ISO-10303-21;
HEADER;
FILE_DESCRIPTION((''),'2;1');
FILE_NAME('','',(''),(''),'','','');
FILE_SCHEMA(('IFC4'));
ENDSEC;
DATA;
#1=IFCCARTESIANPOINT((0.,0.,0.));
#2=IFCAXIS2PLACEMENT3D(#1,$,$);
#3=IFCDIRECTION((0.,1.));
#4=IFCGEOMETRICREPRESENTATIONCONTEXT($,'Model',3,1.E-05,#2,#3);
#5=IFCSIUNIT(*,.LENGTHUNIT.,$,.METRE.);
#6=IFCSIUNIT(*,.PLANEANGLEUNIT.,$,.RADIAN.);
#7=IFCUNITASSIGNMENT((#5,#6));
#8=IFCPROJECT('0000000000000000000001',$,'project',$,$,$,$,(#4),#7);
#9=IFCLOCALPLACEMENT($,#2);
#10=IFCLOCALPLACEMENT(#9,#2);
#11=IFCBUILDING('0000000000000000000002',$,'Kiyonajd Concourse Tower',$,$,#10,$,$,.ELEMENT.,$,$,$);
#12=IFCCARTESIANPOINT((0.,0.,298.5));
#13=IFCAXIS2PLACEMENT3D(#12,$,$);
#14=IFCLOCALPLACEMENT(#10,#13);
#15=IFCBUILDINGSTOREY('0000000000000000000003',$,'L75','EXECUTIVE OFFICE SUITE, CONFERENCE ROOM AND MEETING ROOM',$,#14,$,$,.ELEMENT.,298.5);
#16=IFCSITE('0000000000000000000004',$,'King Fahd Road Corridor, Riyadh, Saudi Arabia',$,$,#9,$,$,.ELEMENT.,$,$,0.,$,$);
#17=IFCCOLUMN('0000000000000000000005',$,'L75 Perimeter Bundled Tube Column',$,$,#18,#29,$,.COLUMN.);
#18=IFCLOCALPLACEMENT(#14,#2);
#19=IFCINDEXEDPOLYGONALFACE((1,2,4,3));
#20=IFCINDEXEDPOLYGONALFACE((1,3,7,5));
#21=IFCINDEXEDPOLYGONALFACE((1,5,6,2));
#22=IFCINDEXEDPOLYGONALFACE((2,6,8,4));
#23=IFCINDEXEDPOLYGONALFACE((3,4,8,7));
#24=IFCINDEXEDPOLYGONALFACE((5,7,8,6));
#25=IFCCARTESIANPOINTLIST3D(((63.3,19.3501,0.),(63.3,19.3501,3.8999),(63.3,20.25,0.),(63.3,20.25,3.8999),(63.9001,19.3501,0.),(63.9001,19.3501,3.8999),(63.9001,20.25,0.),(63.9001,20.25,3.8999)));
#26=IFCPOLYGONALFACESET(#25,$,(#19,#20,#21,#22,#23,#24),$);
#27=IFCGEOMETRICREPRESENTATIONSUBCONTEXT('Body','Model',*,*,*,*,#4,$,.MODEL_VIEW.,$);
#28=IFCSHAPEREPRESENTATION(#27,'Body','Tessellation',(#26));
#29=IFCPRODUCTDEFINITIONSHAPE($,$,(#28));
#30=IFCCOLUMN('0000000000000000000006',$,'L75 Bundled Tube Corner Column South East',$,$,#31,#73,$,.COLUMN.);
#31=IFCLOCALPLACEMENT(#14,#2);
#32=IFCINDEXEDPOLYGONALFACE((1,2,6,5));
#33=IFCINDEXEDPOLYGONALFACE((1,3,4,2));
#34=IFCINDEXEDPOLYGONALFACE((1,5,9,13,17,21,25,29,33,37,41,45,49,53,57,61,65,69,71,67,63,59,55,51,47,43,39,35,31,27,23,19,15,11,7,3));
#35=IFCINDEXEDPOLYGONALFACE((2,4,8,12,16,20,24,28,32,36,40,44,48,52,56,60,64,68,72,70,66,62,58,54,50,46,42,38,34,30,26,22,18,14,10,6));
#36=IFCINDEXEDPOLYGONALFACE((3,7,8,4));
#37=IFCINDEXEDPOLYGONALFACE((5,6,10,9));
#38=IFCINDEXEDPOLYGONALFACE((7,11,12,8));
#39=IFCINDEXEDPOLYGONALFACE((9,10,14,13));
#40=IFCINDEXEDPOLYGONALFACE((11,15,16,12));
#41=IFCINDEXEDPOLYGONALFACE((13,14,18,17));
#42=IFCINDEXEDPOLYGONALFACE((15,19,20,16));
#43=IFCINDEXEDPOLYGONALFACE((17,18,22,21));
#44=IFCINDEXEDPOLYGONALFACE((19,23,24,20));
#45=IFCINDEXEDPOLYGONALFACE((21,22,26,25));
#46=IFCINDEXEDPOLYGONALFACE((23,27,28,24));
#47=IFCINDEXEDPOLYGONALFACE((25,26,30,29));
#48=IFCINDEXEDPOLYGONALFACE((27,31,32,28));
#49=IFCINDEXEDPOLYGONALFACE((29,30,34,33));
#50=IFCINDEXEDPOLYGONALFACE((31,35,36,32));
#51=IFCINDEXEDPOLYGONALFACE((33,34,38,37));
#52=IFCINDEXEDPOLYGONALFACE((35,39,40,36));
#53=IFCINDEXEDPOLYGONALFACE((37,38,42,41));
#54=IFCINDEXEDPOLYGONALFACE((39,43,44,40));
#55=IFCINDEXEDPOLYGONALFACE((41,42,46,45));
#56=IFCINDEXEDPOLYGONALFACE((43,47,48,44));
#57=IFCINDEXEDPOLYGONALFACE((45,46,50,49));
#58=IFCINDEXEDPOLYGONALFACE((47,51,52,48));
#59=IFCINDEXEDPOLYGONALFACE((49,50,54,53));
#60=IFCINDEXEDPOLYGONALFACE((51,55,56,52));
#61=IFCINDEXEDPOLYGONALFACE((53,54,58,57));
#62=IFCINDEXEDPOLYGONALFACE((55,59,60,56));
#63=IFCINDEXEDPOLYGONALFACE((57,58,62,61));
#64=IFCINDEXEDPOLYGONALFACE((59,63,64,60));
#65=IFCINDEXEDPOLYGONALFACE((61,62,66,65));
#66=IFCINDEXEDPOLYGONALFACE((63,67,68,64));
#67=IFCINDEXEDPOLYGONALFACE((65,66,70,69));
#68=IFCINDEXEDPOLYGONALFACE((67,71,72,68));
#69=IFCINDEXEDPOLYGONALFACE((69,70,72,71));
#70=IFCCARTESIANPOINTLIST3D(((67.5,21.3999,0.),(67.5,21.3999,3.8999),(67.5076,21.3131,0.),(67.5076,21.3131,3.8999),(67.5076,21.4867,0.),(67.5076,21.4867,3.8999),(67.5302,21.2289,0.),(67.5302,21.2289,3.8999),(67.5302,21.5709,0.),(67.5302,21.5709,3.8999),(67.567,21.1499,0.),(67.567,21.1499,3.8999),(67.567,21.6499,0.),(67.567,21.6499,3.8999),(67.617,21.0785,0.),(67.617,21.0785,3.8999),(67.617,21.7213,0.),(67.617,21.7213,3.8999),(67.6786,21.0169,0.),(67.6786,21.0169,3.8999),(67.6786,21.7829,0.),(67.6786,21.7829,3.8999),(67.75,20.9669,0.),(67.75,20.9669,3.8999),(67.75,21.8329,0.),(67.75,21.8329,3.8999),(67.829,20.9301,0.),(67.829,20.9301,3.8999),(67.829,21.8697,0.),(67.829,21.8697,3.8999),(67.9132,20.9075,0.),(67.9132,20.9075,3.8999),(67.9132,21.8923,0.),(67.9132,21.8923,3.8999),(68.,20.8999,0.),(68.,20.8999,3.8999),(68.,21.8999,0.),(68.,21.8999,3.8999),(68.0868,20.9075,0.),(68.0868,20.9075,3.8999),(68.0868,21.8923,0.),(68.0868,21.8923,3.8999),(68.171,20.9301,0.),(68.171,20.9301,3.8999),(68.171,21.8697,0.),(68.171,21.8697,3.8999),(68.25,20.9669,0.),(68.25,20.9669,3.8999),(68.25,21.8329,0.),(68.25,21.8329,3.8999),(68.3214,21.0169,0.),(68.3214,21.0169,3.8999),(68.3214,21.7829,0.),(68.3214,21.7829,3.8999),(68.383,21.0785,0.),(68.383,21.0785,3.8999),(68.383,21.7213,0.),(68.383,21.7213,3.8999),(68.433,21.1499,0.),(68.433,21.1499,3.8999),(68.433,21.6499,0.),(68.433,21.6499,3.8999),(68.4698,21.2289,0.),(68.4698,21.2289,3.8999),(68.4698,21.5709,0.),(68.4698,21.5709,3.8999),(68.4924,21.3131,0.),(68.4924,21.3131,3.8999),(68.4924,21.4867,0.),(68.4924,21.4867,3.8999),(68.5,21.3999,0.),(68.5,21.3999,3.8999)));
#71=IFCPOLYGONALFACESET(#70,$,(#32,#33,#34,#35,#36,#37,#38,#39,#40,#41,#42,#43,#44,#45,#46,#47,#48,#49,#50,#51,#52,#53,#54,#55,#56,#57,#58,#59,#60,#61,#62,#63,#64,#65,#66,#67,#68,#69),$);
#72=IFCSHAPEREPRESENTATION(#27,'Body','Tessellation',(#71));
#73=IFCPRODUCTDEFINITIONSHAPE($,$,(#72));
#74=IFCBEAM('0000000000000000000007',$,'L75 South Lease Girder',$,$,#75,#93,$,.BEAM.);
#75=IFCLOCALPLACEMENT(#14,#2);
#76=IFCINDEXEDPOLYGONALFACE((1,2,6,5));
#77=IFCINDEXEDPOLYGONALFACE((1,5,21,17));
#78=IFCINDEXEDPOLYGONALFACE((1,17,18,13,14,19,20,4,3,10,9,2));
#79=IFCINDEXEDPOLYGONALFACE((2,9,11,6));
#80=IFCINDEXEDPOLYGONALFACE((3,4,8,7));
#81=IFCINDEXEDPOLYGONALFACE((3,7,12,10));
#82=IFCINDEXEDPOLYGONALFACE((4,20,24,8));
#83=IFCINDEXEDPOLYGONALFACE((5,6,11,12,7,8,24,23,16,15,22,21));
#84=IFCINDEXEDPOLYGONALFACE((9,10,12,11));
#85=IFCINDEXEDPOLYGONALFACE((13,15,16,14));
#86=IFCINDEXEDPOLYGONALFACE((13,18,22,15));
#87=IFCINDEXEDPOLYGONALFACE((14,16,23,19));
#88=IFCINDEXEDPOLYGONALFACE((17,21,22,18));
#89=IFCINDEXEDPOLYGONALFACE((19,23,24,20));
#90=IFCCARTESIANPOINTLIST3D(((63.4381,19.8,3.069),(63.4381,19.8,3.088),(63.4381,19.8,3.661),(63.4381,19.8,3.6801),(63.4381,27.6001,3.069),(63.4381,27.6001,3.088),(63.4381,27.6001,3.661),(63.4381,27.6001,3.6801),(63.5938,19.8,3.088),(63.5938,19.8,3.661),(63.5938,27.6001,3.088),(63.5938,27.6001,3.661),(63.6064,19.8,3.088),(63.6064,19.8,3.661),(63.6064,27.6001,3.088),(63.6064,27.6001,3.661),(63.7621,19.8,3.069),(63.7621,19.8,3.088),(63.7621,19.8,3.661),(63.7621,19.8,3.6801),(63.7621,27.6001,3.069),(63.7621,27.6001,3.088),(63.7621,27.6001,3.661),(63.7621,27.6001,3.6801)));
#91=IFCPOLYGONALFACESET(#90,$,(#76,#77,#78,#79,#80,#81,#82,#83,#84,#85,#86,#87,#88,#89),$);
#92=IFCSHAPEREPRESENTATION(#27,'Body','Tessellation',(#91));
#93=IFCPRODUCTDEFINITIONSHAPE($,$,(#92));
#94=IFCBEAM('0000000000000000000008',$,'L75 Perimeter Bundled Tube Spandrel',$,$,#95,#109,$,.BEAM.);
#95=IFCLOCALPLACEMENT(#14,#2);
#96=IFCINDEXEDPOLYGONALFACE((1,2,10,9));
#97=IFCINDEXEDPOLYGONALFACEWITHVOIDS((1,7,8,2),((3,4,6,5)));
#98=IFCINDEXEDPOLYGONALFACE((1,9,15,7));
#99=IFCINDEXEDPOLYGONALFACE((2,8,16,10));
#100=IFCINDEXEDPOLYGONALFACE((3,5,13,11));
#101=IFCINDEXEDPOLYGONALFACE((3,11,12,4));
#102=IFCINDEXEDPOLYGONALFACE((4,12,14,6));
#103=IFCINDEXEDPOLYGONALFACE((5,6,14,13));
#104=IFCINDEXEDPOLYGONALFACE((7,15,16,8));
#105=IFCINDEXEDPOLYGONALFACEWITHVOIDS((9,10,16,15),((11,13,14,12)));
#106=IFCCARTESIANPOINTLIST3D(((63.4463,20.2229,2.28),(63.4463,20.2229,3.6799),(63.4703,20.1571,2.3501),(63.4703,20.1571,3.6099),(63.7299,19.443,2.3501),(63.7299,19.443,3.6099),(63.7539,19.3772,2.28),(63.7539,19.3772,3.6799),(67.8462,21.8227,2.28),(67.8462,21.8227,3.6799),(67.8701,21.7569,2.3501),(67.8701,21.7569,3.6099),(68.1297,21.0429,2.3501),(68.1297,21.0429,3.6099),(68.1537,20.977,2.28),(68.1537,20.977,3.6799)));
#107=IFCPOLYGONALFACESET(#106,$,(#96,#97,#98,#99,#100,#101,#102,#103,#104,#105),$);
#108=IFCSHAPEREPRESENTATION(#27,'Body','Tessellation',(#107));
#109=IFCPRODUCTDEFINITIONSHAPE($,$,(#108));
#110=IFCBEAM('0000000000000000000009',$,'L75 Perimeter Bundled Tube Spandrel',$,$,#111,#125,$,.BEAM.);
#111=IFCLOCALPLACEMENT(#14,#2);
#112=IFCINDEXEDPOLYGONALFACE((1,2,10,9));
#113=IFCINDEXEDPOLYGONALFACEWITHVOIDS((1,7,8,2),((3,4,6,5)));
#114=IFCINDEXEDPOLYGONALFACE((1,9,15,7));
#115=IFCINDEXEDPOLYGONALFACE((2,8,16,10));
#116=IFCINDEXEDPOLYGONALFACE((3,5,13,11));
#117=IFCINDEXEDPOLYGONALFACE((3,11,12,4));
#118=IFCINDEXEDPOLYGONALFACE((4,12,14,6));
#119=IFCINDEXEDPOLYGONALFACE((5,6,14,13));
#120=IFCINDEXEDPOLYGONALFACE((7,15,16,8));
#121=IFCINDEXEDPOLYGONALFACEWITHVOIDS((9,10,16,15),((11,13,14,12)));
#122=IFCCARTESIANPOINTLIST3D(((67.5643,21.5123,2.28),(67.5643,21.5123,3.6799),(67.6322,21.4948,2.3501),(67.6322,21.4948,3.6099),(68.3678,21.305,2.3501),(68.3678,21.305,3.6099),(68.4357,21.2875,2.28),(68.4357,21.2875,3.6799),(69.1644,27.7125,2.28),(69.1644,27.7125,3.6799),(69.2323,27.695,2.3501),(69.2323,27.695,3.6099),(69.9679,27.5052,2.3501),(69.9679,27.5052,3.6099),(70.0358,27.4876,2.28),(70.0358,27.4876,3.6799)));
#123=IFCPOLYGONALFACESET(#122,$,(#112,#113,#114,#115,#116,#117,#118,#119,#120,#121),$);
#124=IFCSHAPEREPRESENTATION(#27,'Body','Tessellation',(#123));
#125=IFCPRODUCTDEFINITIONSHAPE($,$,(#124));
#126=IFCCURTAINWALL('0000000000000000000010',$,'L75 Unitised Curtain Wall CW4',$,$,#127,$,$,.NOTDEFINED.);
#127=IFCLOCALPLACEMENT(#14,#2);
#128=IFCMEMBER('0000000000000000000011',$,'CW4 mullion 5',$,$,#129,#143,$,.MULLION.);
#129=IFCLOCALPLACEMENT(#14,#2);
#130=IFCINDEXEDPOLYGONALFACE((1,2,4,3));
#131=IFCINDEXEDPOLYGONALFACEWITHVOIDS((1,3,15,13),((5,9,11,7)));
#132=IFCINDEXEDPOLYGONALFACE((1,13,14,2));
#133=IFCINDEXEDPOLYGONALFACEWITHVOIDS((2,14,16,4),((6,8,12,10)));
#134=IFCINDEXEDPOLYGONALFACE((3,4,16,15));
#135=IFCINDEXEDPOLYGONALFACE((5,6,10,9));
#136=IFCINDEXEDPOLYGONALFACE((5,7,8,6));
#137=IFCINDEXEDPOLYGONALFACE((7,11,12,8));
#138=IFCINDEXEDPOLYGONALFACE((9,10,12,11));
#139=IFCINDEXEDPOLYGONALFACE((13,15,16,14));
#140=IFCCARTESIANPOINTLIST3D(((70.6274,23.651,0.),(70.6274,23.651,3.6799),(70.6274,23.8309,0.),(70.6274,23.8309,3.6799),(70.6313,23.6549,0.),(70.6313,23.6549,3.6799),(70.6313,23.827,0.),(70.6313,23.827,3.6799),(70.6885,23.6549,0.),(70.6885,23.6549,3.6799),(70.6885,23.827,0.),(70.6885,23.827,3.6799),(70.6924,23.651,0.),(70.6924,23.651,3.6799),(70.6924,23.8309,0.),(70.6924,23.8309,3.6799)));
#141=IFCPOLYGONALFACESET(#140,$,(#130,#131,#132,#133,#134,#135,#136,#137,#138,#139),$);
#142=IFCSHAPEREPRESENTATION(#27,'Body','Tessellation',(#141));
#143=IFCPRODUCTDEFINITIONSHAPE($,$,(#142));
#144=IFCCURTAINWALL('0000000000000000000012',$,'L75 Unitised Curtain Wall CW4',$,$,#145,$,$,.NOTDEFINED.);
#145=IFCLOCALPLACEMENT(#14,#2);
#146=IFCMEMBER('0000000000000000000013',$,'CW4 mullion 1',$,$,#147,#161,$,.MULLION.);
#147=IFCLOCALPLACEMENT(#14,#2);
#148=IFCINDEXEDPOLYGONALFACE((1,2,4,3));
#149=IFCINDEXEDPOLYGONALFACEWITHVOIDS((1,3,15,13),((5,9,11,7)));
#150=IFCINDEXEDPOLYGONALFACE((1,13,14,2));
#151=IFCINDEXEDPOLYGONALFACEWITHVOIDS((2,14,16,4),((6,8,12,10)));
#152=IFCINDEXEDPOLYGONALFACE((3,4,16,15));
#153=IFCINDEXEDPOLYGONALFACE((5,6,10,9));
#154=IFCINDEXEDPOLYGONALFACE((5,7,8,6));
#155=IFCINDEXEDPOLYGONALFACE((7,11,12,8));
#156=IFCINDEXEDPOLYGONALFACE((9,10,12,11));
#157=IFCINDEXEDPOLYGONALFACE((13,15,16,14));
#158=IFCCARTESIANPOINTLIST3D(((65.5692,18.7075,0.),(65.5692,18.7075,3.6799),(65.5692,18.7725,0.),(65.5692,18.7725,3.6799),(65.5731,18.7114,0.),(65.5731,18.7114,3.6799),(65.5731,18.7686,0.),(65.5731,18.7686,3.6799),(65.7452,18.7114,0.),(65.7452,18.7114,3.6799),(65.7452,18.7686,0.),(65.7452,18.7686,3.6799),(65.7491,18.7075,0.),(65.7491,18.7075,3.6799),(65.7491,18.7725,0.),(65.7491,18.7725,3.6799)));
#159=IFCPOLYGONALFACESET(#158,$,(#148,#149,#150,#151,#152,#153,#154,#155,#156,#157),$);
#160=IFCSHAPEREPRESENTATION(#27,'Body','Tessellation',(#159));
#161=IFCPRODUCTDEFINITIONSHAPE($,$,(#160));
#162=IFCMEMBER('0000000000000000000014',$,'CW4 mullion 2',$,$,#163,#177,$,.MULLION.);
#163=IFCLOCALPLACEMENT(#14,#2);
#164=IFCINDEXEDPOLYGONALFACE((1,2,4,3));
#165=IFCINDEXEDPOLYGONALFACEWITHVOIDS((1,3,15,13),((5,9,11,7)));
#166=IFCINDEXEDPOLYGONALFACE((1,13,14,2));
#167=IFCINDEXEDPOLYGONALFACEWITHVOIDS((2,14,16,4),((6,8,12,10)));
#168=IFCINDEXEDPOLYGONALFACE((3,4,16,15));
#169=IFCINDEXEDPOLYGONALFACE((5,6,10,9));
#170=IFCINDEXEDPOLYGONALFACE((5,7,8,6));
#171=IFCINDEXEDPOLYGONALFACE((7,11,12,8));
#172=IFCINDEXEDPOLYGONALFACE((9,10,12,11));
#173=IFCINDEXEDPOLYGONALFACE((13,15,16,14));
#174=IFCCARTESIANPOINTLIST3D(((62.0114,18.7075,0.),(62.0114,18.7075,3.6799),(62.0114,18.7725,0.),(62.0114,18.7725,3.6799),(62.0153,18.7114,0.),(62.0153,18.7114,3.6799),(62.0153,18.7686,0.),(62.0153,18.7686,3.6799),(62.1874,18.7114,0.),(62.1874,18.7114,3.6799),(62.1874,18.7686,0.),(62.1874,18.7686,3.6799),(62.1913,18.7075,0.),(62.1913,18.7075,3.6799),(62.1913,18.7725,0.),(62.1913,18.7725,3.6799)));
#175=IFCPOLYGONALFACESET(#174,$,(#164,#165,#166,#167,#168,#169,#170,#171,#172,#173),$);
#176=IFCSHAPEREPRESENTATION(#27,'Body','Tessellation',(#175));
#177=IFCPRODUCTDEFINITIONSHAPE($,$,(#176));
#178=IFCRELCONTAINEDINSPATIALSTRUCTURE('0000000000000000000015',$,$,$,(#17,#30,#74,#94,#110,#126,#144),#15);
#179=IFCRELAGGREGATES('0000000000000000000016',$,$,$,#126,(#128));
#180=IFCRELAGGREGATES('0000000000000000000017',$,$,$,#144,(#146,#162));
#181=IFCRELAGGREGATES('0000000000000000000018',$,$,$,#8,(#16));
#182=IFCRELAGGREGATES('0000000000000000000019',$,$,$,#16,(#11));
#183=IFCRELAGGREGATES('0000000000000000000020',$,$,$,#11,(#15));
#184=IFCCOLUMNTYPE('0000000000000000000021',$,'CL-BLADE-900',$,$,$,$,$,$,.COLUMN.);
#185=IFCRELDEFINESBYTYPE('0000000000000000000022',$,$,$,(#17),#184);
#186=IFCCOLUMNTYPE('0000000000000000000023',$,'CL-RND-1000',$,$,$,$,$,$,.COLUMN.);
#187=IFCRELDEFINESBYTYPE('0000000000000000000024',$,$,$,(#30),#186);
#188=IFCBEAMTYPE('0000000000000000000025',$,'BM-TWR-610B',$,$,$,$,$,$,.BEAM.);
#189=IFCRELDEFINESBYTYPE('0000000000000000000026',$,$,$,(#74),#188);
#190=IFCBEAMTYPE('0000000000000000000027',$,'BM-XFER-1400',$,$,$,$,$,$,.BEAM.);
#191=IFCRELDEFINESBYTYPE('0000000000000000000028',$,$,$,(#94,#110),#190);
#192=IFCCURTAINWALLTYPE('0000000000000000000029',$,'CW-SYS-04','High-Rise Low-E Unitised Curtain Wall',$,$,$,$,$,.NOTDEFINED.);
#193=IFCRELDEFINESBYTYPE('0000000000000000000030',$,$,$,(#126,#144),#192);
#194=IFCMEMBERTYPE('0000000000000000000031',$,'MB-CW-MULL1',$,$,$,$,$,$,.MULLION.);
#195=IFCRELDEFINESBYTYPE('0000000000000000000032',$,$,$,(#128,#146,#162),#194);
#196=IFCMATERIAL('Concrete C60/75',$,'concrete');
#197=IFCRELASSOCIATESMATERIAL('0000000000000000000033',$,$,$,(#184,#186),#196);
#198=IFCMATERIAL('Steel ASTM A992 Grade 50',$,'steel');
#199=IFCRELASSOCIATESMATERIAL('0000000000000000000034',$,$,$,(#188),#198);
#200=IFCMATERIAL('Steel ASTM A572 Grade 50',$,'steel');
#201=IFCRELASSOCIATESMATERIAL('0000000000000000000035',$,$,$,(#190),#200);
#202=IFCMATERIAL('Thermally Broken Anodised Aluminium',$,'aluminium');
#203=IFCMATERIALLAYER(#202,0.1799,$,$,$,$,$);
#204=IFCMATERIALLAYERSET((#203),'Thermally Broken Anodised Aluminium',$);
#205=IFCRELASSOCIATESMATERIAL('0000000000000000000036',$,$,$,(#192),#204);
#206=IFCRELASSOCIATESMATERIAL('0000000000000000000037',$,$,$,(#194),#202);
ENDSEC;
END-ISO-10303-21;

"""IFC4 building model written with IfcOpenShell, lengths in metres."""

from ifc_helpers import new_model, si_unit, direction, frame, origin, origin_2d, place, context, subcontext, project, spatial, rectangle, hollow_rectangle, circle, i_section, extrude, material, layer, layer_set, material_profile, profile_set, type_object, element, aggregate, save


model = new_model("IFC4")

# Units and contexts
model_context = context("Model", 3, precision=1e-05, world=origin(), true_north=direction((0.0, 1.0)))
body_context = subcontext(model_context, "Body", "Model", "MODEL_VIEW")
ifc_project = project(units=[si_unit("LENGTHUNIT", "METRE"), si_unit("PLANEANGLEUNIT", "RADIAN")], contexts=[model_context])

# Site, building, storey
site_placement = place(None, origin())
site = spatial("IfcSite", under=ifc_project, at=site_placement, Name="King Fahd Road Corridor, Riyadh, Saudi Arabia", CompositionType="ELEMENT", RefElevation=0.0)
building_placement = place(site_placement, origin())
building = spatial("IfcBuilding", under=site, at=building_placement, Name="Kiyonajd Concourse Tower", CompositionType="ELEMENT")
storey_placement = place(building_placement, frame((0.0, 0.0, 298.5)))
storey = spatial("IfcBuildingStorey", under=building, at=storey_placement, Name="L75", Description="EXECUTIVE OFFICE SUITE, CONFERENCE ROOM AND MEETING ROOM", CompositionType="ELEMENT", Elevation=298.5)

# Columns
ifc_material_1 = material(Name="Concrete C60/75", Category="concrete")
ifc_material_profile_1 = material_profile(ifc_material_1, rectangle(XDim=0.6001, YDim=0.8999, at=origin_2d()), Name="RC-900x600")
ifc_profile_set_1 = profile_set([ifc_material_profile_1], Name="Concrete C60/75")
column_type_1 = type_object("IfcColumnType", Name="CL-BLADE-900", PredefinedType="COLUMN", material=ifc_profile_set_1)
column_1_placement = place(storey_placement, frame((63.6001, 19.8, 0.0), z_axis=(0.0, 0.0, 1.0), x_axis=(1.0, 0.0, 0.0)))
element("IfcColumn", 1, at=column_1_placement, inside=storey, type_object=column_type_1, Name="L75 Perimeter Bundled Tube Column", PredefinedType="COLUMN", context=body_context, shape_type="SweptSolid", body=[
    extrude(rectangle(XDim=0.6001, YDim=0.8999, at=origin_2d()), origin(), (0.0, 0.0, 1.0), 3.8999),
])
ifc_material_profile_2 = material_profile(ifc_material_1, circle(Radius=0.5, at=origin_2d()), Name="RCC-D1000")
ifc_profile_set_2 = profile_set([ifc_material_profile_2], Name="Concrete C60/75")
column_type_2 = type_object("IfcColumnType", Name="CL-RND-1000", PredefinedType="COLUMN", material=ifc_profile_set_2)
column_2_placement = place(storey_placement, frame((68.0, 21.3999, 0.0), z_axis=(0.0, 0.0, 1.0), x_axis=(1.0, 0.0, 0.0)))
element("IfcColumn", 2, at=column_2_placement, inside=storey, type_object=column_type_2, Name="L75 Bundled Tube Corner Column South East", PredefinedType="COLUMN", context=body_context, shape_type="SweptSolid", body=[
    extrude(circle(Radius=0.5, at=origin_2d()), origin(), (0.0, 0.0, 1.0), 3.8999),
])

# Beams
ifc_material_2 = material(Name="Steel ASTM A992 Grade 50", Category="steel")
ifc_material_profile_3 = material_profile(ifc_material_2, i_section(OverallWidth=0.324, OverallDepth=0.6111, WebThickness=0.0127, FlangeThickness=0.019, at=origin_2d()), Name="W610X155")
ifc_profile_set_3 = profile_set([ifc_material_profile_3], Name="Steel ASTM A992 Grade 50")
beam_type_1 = type_object("IfcBeamType", Name="BM-TWR-610B", PredefinedType="BEAM", material=ifc_profile_set_3)
beam_1_placement = place(storey_placement, frame((63.6001, 19.8, 3.3745), z_axis=(0.0, 1.0, 0.0), x_axis=(-1.0, 0.0, 0.0)))
element("IfcBeam", 3, at=beam_1_placement, inside=storey, type_object=beam_type_1, Name="L75 South Lease Girder", PredefinedType="BEAM", context=body_context, shape_type="SweptSolid", body=[
    extrude(i_section(OverallWidth=0.324, OverallDepth=0.6111, WebThickness=0.0127, FlangeThickness=0.019, at=origin_2d()), origin(), (0.0, 0.0, 1.0), 7.8),
])
ifc_material_3 = material(Name="Steel ASTM A572 Grade 50", Category="steel")
ifc_material_profile_4 = material_profile(ifc_material_3, hollow_rectangle(XDim=0.8999, YDim=1.3999, WallThickness=0.0701, at=origin_2d()), Name="BOX-1400x900x70")
ifc_profile_set_4 = profile_set([ifc_material_profile_4], Name="Steel ASTM A572 Grade 50")
beam_type_2 = type_object("IfcBeamType", Name="BM-XFER-1400", PredefinedType="BEAM", material=ifc_profile_set_4)
beam_2_placement = place(storey_placement, frame((63.6001, 19.8, 2.98), z_axis=(0.939801, 0.341722, 0.0), x_axis=(-0.341722, 0.939801, 0.0)))
element("IfcBeam", 4, at=beam_2_placement, inside=storey, type_object=beam_type_2, Name="L75 Perimeter Bundled Tube Spandrel", PredefinedType="BEAM", context=body_context, shape_type="SweptSolid", body=[
    extrude(hollow_rectangle(XDim=0.8999, YDim=1.3999, WallThickness=0.0701, at=origin_2d()), origin(), (0.0, 0.0, 1.0), 4.6816),
])
beam_3_placement = place(storey_placement, frame((68.0, 21.3999, 2.98), z_axis=(0.249885, 0.968276, 0.0), x_axis=(-0.968276, 0.249885, 0.0)))
element("IfcBeam", 5, at=beam_3_placement, inside=storey, type_object=beam_type_2, Name="L75 Perimeter Bundled Tube Spandrel", PredefinedType="BEAM", context=body_context, shape_type="SweptSolid", body=[
    extrude(hollow_rectangle(XDim=0.8999, YDim=1.3999, WallThickness=0.0701, at=origin_2d()), origin(), (0.0, 0.0, 1.0), 6.4033),
])

# Curtain wall, member
ifc_material_4 = material(Name="Thermally Broken Anodised Aluminium", Category="aluminium")
ifc_layer_1 = layer(ifc_material_4, 0.1799)
ifc_layer_set_1 = layer_set([ifc_layer_1], Name="Thermally Broken Anodised Aluminium")
curtain_wall_type = type_object("IfcCurtainWallType", Name="CW-SYS-04", Description="High-Rise Low-E Unitised Curtain Wall", PredefinedType="NOTDEFINED", material=ifc_layer_set_1)
curtain_wall_1_placement = place(storey_placement, origin())
curtain_wall_1 = element("IfcCurtainWall", 6, at=curtain_wall_1_placement, inside=storey, type_object=curtain_wall_type, Name="L75 Unitised Curtain Wall CW4", PredefinedType="NOTDEFINED")
ifc_material_profile_5 = material_profile(ifc_material_4, hollow_rectangle(XDim=0.0649, YDim=0.1799, WallThickness=0.0039, at=origin_2d()), Name="MULL-65x180")
ifc_profile_set_5 = profile_set([ifc_material_profile_5], Name="Thermally Broken Anodised Aluminium")
member_type_1 = type_object("IfcMemberType", Name="MB-CW-MULL1", PredefinedType="MULLION", material=ifc_profile_set_5)
member_1_placement = place(storey_placement, frame((70.6599, 23.741, 0.0), z_axis=(0.0, 0.0, 1.0), x_axis=(1.0, 0.0, 0.0)))
member_1 = element("IfcMember", 7, at=member_1_placement, type_object=member_type_1, Name="CW4 mullion 5", PredefinedType="MULLION", context=body_context, shape_type="SweptSolid", body=[
    extrude(hollow_rectangle(XDim=0.0649, YDim=0.1799, WallThickness=0.0039, at=origin_2d()), origin(), (0.0, 0.0, 1.0), 3.6799),
])
aggregate(curtain_wall_1, [member_1])

# Curtain wall, members
curtain_wall_2_placement = place(storey_placement, origin())
curtain_wall_2 = element("IfcCurtainWall", 8, at=curtain_wall_2_placement, inside=storey, type_object=curtain_wall_type, Name="L75 Unitised Curtain Wall CW4", PredefinedType="NOTDEFINED")
member_2_placement = place(storey_placement, frame((65.6592, 18.74, 0.0), z_axis=(0.0, 0.0, 1.0), x_axis=(0.0, -1.0, 0.0)))
member_2 = element("IfcMember", 9, at=member_2_placement, type_object=member_type_1, Name="CW4 mullion 1", PredefinedType="MULLION", context=body_context, shape_type="SweptSolid", body=[
    extrude(hollow_rectangle(XDim=0.0649, YDim=0.1799, WallThickness=0.0039, at=origin_2d()), origin(), (0.0, 0.0, 1.0), 3.6799),
])
member_3_placement = place(storey_placement, frame((62.1013, 18.74, 0.0), z_axis=(0.0, 0.0, 1.0), x_axis=(0.0, -1.0, 0.0)))
member_3 = element("IfcMember", 10, at=member_3_placement, type_object=member_type_1, Name="CW4 mullion 2", PredefinedType="MULLION", context=body_context, shape_type="SweptSolid", body=[
    extrude(hollow_rectangle(XDim=0.0649, YDim=0.1799, WallThickness=0.0039, at=origin_2d()), origin(), (0.0, 0.0, 1.0), 3.6799),
])

aggregate(curtain_wall_2, [member_2, member_3])

save(model, "model.ifc")
